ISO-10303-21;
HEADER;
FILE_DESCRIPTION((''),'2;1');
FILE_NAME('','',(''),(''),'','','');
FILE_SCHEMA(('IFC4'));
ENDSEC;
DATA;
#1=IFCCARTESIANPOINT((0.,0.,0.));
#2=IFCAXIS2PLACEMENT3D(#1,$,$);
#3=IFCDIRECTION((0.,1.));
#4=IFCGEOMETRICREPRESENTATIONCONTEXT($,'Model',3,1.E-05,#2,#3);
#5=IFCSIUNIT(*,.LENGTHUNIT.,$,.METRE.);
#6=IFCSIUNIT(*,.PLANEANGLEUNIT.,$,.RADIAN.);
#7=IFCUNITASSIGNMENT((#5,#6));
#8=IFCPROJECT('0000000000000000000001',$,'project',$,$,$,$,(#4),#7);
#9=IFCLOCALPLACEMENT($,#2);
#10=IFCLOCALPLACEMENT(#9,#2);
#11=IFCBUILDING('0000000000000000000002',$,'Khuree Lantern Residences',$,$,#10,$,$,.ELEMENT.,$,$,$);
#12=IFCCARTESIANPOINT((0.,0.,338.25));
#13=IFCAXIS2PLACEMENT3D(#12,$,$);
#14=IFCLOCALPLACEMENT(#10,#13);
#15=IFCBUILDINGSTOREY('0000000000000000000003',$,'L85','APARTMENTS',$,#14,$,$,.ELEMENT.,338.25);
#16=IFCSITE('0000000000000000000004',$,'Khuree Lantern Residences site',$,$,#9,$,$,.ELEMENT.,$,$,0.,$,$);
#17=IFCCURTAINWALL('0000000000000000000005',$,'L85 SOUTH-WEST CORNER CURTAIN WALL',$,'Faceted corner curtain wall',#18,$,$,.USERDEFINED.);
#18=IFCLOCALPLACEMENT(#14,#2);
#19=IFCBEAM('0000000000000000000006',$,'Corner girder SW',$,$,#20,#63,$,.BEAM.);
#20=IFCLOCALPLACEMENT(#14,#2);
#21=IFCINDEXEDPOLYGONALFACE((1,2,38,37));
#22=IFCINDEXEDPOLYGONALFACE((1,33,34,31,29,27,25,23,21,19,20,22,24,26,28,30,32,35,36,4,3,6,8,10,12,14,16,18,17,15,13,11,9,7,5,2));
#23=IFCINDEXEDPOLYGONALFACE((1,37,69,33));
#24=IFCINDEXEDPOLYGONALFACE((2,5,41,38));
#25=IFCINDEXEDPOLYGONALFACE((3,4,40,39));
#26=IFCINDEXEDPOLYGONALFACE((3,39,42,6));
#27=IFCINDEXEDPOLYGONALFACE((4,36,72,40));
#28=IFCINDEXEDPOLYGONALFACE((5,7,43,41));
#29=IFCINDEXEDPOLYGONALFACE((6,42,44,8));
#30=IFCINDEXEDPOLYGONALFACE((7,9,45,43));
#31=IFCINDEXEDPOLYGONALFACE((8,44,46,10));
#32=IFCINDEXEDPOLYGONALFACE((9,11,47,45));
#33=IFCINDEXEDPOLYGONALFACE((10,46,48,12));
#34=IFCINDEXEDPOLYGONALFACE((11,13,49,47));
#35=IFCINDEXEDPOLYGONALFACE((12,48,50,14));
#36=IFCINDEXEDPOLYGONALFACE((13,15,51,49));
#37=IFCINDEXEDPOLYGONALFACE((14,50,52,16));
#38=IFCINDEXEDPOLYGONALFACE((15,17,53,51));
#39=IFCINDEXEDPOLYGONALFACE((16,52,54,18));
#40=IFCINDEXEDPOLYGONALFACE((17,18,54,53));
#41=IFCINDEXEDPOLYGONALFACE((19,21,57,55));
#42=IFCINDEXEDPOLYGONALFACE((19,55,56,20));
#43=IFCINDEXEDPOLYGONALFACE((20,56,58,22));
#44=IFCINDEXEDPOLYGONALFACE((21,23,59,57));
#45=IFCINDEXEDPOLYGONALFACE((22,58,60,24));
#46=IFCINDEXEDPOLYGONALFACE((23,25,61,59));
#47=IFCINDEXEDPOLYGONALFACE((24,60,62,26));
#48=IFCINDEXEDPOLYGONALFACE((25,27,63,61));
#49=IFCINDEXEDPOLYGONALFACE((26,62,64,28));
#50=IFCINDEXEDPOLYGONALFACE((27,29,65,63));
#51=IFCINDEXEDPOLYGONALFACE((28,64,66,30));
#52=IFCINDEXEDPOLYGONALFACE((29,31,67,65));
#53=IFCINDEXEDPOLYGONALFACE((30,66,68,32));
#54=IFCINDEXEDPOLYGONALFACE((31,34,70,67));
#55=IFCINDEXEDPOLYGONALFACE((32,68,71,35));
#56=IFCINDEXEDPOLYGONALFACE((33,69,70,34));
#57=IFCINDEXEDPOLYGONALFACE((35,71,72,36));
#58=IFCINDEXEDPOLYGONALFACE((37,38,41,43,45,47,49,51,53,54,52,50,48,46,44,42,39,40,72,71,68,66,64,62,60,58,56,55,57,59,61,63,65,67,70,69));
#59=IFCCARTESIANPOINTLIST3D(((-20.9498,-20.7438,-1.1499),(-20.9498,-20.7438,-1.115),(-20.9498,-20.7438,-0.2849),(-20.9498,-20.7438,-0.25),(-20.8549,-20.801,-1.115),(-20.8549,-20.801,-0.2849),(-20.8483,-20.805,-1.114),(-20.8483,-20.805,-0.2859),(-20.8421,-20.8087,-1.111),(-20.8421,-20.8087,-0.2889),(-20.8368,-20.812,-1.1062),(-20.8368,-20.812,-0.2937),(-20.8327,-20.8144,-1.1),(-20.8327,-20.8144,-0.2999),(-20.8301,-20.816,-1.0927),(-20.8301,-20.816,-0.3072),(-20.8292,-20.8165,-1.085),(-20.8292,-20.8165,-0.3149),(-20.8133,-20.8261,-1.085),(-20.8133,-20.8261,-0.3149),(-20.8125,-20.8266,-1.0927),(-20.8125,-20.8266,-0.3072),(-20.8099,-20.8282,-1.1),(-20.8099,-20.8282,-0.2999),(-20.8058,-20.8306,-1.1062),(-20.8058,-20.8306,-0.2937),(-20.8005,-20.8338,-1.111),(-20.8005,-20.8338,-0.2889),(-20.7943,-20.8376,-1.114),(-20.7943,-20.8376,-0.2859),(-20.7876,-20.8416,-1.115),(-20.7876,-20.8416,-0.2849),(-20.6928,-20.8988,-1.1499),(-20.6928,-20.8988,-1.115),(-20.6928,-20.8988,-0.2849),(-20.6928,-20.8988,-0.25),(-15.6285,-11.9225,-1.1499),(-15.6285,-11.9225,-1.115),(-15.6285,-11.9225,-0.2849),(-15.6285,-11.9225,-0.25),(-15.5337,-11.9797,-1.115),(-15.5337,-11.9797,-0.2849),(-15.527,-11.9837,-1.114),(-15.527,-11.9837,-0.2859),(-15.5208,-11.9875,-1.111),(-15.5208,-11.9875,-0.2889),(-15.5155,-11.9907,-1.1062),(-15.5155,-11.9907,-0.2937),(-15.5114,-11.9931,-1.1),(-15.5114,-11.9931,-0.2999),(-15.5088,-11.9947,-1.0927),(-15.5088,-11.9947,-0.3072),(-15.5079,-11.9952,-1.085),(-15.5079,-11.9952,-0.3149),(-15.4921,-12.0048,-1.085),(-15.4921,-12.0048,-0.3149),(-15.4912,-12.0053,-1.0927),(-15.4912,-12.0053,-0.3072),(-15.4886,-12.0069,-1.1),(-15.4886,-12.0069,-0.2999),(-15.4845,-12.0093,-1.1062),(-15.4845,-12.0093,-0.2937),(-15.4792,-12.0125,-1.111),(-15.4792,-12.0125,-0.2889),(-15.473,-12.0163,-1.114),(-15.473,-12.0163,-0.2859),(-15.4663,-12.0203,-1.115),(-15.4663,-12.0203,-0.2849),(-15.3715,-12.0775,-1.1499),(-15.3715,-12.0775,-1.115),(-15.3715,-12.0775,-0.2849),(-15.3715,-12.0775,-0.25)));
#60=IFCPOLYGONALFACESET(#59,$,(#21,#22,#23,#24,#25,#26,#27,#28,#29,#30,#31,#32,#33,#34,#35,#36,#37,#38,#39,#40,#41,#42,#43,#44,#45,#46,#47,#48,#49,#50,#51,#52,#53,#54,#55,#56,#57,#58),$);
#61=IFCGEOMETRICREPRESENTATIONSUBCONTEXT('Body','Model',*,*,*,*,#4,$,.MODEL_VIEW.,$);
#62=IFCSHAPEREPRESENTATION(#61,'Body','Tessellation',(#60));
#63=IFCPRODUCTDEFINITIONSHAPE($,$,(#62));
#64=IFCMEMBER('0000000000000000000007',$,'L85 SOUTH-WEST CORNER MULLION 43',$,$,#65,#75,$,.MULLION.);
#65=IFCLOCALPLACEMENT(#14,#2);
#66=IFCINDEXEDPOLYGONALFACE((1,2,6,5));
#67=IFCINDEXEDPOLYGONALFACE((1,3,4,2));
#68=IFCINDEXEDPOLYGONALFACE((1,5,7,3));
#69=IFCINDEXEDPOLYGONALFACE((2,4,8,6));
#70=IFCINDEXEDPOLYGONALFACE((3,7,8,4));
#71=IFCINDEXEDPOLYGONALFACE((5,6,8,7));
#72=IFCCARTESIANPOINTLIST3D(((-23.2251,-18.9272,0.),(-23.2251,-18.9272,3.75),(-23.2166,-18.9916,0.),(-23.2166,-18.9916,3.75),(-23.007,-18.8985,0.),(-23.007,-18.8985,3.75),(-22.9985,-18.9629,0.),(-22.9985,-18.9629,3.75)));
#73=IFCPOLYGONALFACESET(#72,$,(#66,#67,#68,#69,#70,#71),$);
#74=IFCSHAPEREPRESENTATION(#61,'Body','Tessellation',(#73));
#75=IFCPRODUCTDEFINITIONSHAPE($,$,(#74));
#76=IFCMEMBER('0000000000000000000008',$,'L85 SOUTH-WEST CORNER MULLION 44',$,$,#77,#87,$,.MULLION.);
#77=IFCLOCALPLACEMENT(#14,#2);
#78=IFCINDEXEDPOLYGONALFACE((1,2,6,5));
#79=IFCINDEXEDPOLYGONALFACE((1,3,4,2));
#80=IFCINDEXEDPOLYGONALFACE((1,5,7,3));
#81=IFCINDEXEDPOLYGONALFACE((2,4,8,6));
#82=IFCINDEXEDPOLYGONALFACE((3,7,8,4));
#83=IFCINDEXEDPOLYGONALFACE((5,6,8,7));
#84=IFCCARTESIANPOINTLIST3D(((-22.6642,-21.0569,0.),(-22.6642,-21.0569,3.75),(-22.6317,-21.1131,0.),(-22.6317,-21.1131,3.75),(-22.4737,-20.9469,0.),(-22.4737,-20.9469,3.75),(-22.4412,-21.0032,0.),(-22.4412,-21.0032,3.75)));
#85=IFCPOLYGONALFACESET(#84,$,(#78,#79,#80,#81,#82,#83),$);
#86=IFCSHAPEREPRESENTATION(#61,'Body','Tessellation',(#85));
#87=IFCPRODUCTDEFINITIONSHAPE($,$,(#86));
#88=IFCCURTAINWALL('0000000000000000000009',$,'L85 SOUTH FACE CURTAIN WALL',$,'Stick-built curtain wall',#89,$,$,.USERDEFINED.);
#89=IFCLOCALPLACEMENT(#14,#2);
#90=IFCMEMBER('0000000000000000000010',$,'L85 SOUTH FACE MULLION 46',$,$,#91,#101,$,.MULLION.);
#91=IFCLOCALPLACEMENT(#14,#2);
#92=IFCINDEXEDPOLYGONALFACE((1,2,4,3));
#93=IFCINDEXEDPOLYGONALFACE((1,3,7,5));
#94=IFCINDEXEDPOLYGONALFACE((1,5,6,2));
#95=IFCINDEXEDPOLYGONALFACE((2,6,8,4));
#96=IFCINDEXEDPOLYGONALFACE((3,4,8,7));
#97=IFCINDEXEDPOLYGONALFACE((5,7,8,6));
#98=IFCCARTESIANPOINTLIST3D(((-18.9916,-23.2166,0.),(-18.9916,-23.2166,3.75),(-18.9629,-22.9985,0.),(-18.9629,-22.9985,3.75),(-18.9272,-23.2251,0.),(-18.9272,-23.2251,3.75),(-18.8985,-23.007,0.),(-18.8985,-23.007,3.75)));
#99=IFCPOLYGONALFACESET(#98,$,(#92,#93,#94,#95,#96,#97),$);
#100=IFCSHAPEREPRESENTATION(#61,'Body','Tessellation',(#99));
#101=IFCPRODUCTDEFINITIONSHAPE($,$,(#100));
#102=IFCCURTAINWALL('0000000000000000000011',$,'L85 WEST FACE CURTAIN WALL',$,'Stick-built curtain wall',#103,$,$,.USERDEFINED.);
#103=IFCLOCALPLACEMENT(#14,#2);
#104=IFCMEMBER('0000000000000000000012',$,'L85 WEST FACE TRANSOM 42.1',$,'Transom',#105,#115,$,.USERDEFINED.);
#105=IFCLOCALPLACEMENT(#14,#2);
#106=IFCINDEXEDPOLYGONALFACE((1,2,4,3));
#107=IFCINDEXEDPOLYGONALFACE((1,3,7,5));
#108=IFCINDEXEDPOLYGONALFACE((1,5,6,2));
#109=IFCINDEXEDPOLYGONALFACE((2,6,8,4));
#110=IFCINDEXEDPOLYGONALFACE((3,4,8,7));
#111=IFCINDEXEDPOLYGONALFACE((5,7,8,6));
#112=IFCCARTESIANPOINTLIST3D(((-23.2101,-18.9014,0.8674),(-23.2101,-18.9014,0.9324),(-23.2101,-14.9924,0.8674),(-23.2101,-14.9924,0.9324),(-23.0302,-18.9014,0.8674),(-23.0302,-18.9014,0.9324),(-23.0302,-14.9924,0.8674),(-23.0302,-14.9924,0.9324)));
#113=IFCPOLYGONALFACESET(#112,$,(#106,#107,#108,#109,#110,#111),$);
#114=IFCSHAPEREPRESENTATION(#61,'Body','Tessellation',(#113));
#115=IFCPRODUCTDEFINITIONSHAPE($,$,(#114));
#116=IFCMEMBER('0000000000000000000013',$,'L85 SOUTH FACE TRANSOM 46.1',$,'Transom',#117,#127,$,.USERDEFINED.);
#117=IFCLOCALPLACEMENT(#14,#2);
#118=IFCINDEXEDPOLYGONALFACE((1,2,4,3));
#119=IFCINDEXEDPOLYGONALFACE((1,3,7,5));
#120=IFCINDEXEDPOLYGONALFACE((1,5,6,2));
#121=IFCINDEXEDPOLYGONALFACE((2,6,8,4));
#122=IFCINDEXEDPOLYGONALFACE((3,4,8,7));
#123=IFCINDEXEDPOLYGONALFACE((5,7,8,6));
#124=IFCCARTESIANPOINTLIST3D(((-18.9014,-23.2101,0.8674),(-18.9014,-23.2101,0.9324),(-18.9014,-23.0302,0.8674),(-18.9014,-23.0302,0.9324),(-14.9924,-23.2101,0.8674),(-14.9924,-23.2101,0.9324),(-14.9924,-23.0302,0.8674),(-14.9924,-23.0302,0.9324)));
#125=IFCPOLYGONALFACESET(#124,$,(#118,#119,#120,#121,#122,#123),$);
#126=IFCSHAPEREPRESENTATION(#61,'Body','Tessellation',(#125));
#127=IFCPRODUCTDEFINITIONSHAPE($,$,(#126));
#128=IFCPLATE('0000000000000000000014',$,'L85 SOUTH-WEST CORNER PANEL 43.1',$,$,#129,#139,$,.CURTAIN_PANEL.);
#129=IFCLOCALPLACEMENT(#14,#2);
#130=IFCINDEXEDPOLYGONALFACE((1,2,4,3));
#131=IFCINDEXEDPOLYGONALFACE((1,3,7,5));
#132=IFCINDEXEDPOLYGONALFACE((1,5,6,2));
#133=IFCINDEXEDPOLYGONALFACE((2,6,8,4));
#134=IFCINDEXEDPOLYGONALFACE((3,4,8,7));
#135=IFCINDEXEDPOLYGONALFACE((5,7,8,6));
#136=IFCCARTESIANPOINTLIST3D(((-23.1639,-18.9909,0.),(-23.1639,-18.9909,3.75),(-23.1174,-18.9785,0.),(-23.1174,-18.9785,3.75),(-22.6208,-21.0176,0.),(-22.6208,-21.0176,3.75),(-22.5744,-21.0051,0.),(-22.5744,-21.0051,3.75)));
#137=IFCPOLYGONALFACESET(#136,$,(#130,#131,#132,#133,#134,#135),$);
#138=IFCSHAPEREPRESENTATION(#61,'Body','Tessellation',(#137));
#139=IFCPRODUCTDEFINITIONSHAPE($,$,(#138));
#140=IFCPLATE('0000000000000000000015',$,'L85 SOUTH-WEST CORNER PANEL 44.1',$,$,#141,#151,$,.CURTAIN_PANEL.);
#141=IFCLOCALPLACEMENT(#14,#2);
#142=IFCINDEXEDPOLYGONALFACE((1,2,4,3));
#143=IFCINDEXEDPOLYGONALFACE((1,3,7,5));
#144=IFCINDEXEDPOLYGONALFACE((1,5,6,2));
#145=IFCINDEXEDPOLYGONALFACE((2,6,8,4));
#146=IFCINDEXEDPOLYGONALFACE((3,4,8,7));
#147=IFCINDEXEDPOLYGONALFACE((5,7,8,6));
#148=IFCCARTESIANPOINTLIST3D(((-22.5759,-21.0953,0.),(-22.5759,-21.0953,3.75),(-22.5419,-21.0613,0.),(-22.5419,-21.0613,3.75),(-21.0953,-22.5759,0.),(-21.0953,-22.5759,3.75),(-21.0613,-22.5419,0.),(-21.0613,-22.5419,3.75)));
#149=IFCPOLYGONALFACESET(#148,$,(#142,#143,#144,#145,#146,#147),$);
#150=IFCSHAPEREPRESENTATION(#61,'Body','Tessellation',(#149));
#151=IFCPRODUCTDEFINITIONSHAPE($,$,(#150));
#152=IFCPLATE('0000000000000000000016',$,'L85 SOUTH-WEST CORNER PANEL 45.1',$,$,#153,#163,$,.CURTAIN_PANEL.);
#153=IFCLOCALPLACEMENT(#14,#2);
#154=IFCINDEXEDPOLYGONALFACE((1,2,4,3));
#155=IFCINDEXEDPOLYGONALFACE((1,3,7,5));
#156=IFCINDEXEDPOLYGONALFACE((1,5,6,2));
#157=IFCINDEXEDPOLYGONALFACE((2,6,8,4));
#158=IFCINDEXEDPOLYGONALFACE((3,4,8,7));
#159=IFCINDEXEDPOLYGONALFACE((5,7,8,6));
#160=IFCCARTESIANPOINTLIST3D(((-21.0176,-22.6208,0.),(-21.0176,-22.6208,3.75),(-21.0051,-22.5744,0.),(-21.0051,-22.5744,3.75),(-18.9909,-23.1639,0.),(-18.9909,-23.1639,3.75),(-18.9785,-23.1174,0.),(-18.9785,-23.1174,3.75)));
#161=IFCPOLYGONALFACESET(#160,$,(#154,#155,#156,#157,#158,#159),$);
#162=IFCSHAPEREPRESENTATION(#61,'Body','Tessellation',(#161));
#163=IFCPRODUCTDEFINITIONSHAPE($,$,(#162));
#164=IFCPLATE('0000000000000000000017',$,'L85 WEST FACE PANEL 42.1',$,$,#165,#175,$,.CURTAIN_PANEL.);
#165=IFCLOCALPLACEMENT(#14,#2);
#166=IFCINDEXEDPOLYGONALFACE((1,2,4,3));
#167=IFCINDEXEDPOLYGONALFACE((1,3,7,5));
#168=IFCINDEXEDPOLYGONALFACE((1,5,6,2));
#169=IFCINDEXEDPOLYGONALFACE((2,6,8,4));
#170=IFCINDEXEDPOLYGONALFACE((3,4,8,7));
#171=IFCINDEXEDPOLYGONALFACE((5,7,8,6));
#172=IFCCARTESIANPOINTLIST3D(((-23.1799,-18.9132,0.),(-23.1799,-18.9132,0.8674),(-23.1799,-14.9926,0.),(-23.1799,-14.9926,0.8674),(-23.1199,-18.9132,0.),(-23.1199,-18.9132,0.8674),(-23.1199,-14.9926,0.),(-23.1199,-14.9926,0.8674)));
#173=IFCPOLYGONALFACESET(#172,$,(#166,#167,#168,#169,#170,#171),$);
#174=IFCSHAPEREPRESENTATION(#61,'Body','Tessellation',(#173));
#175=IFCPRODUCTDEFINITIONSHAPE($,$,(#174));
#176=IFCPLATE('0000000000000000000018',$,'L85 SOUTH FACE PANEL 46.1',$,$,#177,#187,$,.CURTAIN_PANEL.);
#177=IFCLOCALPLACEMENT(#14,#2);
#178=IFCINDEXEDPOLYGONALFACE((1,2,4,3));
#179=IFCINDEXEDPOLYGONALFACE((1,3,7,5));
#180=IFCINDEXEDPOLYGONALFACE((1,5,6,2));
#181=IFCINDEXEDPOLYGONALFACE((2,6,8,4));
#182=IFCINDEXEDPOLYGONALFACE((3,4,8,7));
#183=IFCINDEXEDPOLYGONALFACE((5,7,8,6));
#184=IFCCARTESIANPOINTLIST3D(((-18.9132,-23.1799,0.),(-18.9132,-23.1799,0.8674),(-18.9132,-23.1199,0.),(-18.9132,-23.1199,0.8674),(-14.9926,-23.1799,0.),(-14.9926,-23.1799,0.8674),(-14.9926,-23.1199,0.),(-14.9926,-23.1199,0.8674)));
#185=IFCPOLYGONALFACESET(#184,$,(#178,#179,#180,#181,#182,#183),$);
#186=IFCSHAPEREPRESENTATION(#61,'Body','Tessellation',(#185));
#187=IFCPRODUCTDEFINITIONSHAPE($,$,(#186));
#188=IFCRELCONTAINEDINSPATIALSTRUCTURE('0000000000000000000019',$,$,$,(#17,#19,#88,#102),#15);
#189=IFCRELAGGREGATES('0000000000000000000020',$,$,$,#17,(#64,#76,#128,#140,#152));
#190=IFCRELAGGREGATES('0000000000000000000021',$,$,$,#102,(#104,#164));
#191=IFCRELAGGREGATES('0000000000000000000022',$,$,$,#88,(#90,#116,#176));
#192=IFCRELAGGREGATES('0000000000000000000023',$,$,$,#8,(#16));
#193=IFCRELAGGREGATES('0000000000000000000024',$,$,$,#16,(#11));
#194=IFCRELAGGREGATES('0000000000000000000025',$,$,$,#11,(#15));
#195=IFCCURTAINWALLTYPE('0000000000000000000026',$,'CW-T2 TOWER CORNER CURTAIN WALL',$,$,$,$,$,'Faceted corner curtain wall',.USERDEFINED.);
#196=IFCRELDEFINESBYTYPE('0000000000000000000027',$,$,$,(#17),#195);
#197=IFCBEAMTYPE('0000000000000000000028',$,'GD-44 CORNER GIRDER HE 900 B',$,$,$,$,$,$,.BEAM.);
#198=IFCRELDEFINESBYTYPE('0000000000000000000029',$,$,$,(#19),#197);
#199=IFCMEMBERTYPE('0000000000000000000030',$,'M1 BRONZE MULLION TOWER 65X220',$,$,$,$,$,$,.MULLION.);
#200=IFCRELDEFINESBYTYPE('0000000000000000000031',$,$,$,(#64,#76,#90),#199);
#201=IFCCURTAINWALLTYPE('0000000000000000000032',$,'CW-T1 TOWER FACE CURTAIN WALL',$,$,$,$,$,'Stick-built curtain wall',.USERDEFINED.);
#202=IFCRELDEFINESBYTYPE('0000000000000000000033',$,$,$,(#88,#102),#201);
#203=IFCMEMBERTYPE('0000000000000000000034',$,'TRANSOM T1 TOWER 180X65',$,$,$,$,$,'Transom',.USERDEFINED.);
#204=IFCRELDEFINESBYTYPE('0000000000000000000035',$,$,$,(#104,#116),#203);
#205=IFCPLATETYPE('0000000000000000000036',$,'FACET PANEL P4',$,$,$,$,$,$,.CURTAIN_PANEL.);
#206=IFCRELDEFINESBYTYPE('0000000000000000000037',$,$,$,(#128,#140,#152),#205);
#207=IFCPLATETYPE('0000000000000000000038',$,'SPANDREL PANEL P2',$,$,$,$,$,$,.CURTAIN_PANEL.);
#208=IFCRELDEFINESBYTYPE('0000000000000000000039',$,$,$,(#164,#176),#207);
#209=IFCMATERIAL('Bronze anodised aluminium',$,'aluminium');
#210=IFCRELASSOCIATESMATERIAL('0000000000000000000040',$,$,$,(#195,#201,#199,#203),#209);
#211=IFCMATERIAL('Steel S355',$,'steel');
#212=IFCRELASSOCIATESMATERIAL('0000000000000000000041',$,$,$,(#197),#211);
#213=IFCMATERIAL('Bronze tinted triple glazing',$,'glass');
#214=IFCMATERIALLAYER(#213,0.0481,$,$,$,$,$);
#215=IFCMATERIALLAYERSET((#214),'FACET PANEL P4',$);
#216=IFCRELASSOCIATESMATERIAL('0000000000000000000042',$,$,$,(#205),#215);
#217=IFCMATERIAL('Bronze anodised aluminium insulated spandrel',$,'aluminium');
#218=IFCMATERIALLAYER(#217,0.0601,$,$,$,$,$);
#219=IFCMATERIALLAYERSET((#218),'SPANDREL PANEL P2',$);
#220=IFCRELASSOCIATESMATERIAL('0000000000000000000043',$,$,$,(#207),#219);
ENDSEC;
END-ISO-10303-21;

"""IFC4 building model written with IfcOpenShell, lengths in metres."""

from ifc_helpers import new_model, si_unit, direction, frame, origin, origin_2d, place, context, subcontext, project, spatial, rectangle, i_section, extrude, material, layer, layer_set, material_profile, profile_set, type_object, element, aggregate, save


model = new_model("IFC4")

# Units and contexts
model_context = context("Model", 3, precision=1e-05, world=origin(), true_north=direction((0.0, 1.0)))
body_context = subcontext(model_context, "Body", "Model", "MODEL_VIEW")
ifc_project = project(units=[si_unit("LENGTHUNIT", "METRE"), si_unit("PLANEANGLEUNIT", "RADIAN")], contexts=[model_context])

# Site, building, storey
site_placement = place(None, origin())
site = spatial("IfcSite", under=ifc_project, at=site_placement, Name="Khuree Lantern Residences site", CompositionType="ELEMENT", RefElevation=0.0)
building_placement = place(site_placement, origin())
building = spatial("IfcBuilding", under=site, at=building_placement, Name="Khuree Lantern Residences", CompositionType="ELEMENT")
storey_placement = place(building_placement, frame((0.0, 0.0, 338.25)))
storey = spatial("IfcBuildingStorey", under=building, at=storey_placement, Name="L85", Description="APARTMENTS", CompositionType="ELEMENT", Elevation=338.25)

# Shared definitions
ifc_material_1 = material(Name="Steel S355", Category="steel")

# Curtain wall
ifc_material_2 = material(Name="Bronze anodised aluminium", Category="aluminium")
curtain_wall_type_1 = type_object("IfcCurtainWallType", Name="CW-T2 TOWER CORNER CURTAIN WALL", ElementType="Faceted corner curtain wall", PredefinedType="USERDEFINED", material=ifc_material_2)
curtain_wall_1_placement = place(storey_placement, origin())
curtain_wall_1 = element("IfcCurtainWall", 1, at=curtain_wall_1_placement, inside=storey, type_object=curtain_wall_type_1, Name="L85 SOUTH-WEST CORNER CURTAIN WALL", ObjectType="Faceted corner curtain wall", PredefinedType="USERDEFINED")

# Beam
ifc_material_profile_1 = material_profile(ifc_material_1, i_section(OverallWidth=0.3, OverallDepth=0.8999, WebThickness=0.0186, FlangeThickness=0.0349, FilletRadius=0.03, at=origin_2d()), Name="HE 900 B")
ifc_profile_set_1 = profile_set([ifc_material_profile_1], Name="Steel S355")
beam_type_1 = type_object("IfcBeamType", Name="GD-44 CORNER GIRDER HE 900 B", PredefinedType="BEAM", material=ifc_profile_set_1)
beam_1_placement = place(storey_placement, frame((-20.8213, -20.8213, -0.7), z_axis=(0.51653, 0.856269, 0.0), x_axis=(-0.856269, 0.51653, 0.0)))
element("IfcBeam", 2, at=beam_1_placement, inside=storey, type_object=beam_type_1, Name="Corner girder SW", PredefinedType="BEAM", context=body_context, shape_type="SweptSolid", body=[
    extrude(i_section(OverallWidth=0.3, OverallDepth=0.8999, WebThickness=0.0186, FlangeThickness=0.0349, FilletRadius=0.03, at=origin_2d()), origin(), (0.0, 0.0, 1.0), 10.302),
])

# Members
ifc_material_profile_2 = material_profile(ifc_material_2, rectangle(XDim=0.0649, YDim=0.22, at=origin_2d()), Name="M1 65X220")
ifc_profile_set_2 = profile_set([ifc_material_profile_2], Name="Bronze anodised aluminium")
member_type_1 = type_object("IfcMemberType", Name="M1 BRONZE MULLION TOWER 65X220", PredefinedType="MULLION", material=ifc_profile_set_2)
member_1_placement = place(storey_placement, frame((-23.1118, -18.9451, 0.0), z_axis=(0.0, 0.0, 1.0), x_axis=(0.130526, -0.991445, 0.0)))
member_1 = element("IfcMember", 3, at=member_1_placement, type_object=member_type_1, Name="L85 SOUTH-WEST CORNER MULLION 43", PredefinedType="MULLION", context=body_context, shape_type="SweptSolid", body=[
    extrude(rectangle(XDim=0.0649, YDim=0.22, at=origin_2d()), origin(), (0.0, 0.0, 1.0), 3.75),
])
member_2_placement = place(storey_placement, frame((-22.5527, -21.03, 0.0), z_axis=(0.0, 0.0, 1.0), x_axis=(0.5, -0.866025, 0.0)))
member_2 = element("IfcMember", 4, at=member_2_placement, type_object=member_type_1, Name="L85 SOUTH-WEST CORNER MULLION 44", PredefinedType="MULLION", context=body_context, shape_type="SweptSolid", body=[
    extrude(rectangle(XDim=0.0649, YDim=0.22, at=origin_2d()), origin(), (0.0, 0.0, 1.0), 3.75),
])

# Curtain walls, members
curtain_wall_type_2 = type_object("IfcCurtainWallType", Name="CW-T1 TOWER FACE CURTAIN WALL", ElementType="Stick-built curtain wall", PredefinedType="USERDEFINED", material=ifc_material_2)
curtain_wall_2_placement = place(storey_placement, origin())
curtain_wall_2 = element("IfcCurtainWall", 5, at=curtain_wall_2_placement, inside=storey, type_object=curtain_wall_type_2, Name="L85 SOUTH FACE CURTAIN WALL", ObjectType="Stick-built curtain wall", PredefinedType="USERDEFINED")
member_3_placement = place(storey_placement, frame((-18.9451, -23.1118, 0.0), z_axis=(0.0, 0.0, 1.0), x_axis=(0.991445, -0.130526, 0.0)))
member_3 = element("IfcMember", 6, at=member_3_placement, type_object=member_type_1, Name="L85 SOUTH FACE MULLION 46", PredefinedType="MULLION", context=body_context, shape_type="SweptSolid", body=[
    extrude(rectangle(XDim=0.0649, YDim=0.22, at=origin_2d()), origin(), (0.0, 0.0, 1.0), 3.75),
])
curtain_wall_3_placement = place(storey_placement, origin())
curtain_wall_3 = element("IfcCurtainWall", 7, at=curtain_wall_3_placement, inside=storey, type_object=curtain_wall_type_2, Name="L85 WEST FACE CURTAIN WALL", ObjectType="Stick-built curtain wall", PredefinedType="USERDEFINED")
ifc_material_profile_3 = material_profile(ifc_material_2, rectangle(XDim=0.1799, YDim=0.0649, at=origin_2d()), Name="T1 180X65")
ifc_profile_set_3 = profile_set([ifc_material_profile_3], Name="Bronze anodised aluminium")
member_type_2 = type_object("IfcMemberType", Name="TRANSOM T1 TOWER 180X65", ElementType="Transom", PredefinedType="USERDEFINED", material=ifc_profile_set_3)
member_4_placement = place(storey_placement, frame((-23.1201, -14.9924, 0.8999), z_axis=(0.0, -1.0, 0.0), x_axis=(1.0, 0.0, 0.0)))
member_4 = element("IfcMember", 8, at=member_4_placement, type_object=member_type_2, Name="L85 WEST FACE TRANSOM 42.1", ObjectType="Transom", PredefinedType="USERDEFINED", context=body_context, shape_type="SweptSolid", body=[
    extrude(rectangle(XDim=0.1799, YDim=0.0649, at=origin_2d()), origin(), (0.0, 0.0, 1.0), 3.9089),
])

# Member
member_5_placement = place(storey_placement, frame((-18.9014, -23.1201, 0.8999), z_axis=(1.0, 0.0, 0.0), x_axis=(0.0, 1.0, 0.0)))
member_5 = element("IfcMember", 9, at=member_5_placement, type_object=member_type_2, Name="L85 SOUTH FACE TRANSOM 46.1", ObjectType="Transom", PredefinedType="USERDEFINED", context=body_context, shape_type="SweptSolid", body=[
    extrude(rectangle(XDim=0.1799, YDim=0.0649, at=origin_2d()), origin(), (0.0, 0.0, 1.0), 3.9089),
])

# Plates
ifc_material_3 = material(Name="Bronze tinted triple glazing", Category="glass")
ifc_layer_1 = layer(ifc_material_3, 0.0481)
ifc_layer_set_1 = layer_set([ifc_layer_1], Name="FACET PANEL P4")
plate_type_1 = type_object("IfcPlateType", Name="FACET PANEL P4", PredefinedType="CURTAIN_PANEL", material=ifc_layer_set_1)
plate_1_placement = place(storey_placement, frame((-22.8691, -19.998, 0.0), z_axis=(0.0, 0.0, 1.0), x_axis=(0.258819, -0.965926, 0.0)))
plate_1 = element("IfcPlate", 10, at=plate_1_placement, type_object=plate_type_1, Name="L85 SOUTH-WEST CORNER PANEL 43.1", PredefinedType="CURTAIN_PANEL", context=body_context, shape_type="SweptSolid", body=[
    extrude(rectangle(XDim=2.0981, YDim=0.0481, at=origin_2d()), origin(), (0.0, 0.0, 1.0), 3.75),
])
plate_2_placement = place(storey_placement, frame((-21.8186, -21.8186, 0.0), z_axis=(0.0, 0.0, 1.0), x_axis=(0.707107, -0.707107, 0.0)))
plate_2 = element("IfcPlate", 11, at=plate_2_placement, type_object=plate_type_1, Name="L85 SOUTH-WEST CORNER PANEL 44.1", PredefinedType="CURTAIN_PANEL", context=body_context, shape_type="SweptSolid", body=[
    extrude(rectangle(XDim=2.094, YDim=0.0481, at=origin_2d()), origin(), (0.0, 0.0, 1.0), 3.75),
])
plate_3_placement = place(storey_placement, frame((-19.998, -22.8691, 0.0), z_axis=(0.0, 0.0, 1.0), x_axis=(0.965926, -0.258819, 0.0)))
plate_3 = element("IfcPlate", 12, at=plate_3_placement, type_object=plate_type_1, Name="L85 SOUTH-WEST CORNER PANEL 45.1", PredefinedType="CURTAIN_PANEL", context=body_context, shape_type="SweptSolid", body=[
    extrude(rectangle(XDim=2.0981, YDim=0.0481, at=origin_2d()), origin(), (0.0, 0.0, 1.0), 3.75),
])
aggregate(curtain_wall_1, [member_1, member_2, plate_1, plate_2, plate_3])
ifc_material_4 = material(Name="Bronze anodised aluminium insulated spandrel", Category="aluminium")
ifc_layer_2 = layer(ifc_material_4, 0.0601)
ifc_layer_set_2 = layer_set([ifc_layer_2], Name="SPANDREL PANEL P2")
plate_type_2 = type_object("IfcPlateType", Name="SPANDREL PANEL P2", PredefinedType="CURTAIN_PANEL", material=ifc_layer_set_2)
plate_4_placement = place(storey_placement, frame((-23.1499, -16.9529, 0.0), z_axis=(0.0, 0.0, 1.0), x_axis=(0.0, -1.0, 0.0)))
plate_4 = element("IfcPlate", 13, at=plate_4_placement, type_object=plate_type_2, Name="L85 WEST FACE PANEL 42.1", PredefinedType="CURTAIN_PANEL", context=body_context, shape_type="SweptSolid", body=[
    extrude(rectangle(XDim=3.9207, YDim=0.0601, at=origin_2d()), origin(), (0.0, 0.0, 1.0), 0.8674),
])
plate_5_placement = place(storey_placement, frame((-16.9529, -23.1499, 0.0), z_axis=(0.0, 0.0, 1.0), x_axis=(1.0, 0.0, 0.0)))
plate_5 = element("IfcPlate", 14, at=plate_5_placement, type_object=plate_type_2, Name="L85 SOUTH FACE PANEL 46.1", PredefinedType="CURTAIN_PANEL", context=body_context, shape_type="SweptSolid", body=[
    extrude(rectangle(XDim=3.9207, YDim=0.0601, at=origin_2d()), origin(), (0.0, 0.0, 1.0), 0.8674),
])
aggregate(curtain_wall_3, [member_4, plate_4])
aggregate(curtain_wall_2, [member_3, member_5, plate_5])

save(model, "model.ifc")
